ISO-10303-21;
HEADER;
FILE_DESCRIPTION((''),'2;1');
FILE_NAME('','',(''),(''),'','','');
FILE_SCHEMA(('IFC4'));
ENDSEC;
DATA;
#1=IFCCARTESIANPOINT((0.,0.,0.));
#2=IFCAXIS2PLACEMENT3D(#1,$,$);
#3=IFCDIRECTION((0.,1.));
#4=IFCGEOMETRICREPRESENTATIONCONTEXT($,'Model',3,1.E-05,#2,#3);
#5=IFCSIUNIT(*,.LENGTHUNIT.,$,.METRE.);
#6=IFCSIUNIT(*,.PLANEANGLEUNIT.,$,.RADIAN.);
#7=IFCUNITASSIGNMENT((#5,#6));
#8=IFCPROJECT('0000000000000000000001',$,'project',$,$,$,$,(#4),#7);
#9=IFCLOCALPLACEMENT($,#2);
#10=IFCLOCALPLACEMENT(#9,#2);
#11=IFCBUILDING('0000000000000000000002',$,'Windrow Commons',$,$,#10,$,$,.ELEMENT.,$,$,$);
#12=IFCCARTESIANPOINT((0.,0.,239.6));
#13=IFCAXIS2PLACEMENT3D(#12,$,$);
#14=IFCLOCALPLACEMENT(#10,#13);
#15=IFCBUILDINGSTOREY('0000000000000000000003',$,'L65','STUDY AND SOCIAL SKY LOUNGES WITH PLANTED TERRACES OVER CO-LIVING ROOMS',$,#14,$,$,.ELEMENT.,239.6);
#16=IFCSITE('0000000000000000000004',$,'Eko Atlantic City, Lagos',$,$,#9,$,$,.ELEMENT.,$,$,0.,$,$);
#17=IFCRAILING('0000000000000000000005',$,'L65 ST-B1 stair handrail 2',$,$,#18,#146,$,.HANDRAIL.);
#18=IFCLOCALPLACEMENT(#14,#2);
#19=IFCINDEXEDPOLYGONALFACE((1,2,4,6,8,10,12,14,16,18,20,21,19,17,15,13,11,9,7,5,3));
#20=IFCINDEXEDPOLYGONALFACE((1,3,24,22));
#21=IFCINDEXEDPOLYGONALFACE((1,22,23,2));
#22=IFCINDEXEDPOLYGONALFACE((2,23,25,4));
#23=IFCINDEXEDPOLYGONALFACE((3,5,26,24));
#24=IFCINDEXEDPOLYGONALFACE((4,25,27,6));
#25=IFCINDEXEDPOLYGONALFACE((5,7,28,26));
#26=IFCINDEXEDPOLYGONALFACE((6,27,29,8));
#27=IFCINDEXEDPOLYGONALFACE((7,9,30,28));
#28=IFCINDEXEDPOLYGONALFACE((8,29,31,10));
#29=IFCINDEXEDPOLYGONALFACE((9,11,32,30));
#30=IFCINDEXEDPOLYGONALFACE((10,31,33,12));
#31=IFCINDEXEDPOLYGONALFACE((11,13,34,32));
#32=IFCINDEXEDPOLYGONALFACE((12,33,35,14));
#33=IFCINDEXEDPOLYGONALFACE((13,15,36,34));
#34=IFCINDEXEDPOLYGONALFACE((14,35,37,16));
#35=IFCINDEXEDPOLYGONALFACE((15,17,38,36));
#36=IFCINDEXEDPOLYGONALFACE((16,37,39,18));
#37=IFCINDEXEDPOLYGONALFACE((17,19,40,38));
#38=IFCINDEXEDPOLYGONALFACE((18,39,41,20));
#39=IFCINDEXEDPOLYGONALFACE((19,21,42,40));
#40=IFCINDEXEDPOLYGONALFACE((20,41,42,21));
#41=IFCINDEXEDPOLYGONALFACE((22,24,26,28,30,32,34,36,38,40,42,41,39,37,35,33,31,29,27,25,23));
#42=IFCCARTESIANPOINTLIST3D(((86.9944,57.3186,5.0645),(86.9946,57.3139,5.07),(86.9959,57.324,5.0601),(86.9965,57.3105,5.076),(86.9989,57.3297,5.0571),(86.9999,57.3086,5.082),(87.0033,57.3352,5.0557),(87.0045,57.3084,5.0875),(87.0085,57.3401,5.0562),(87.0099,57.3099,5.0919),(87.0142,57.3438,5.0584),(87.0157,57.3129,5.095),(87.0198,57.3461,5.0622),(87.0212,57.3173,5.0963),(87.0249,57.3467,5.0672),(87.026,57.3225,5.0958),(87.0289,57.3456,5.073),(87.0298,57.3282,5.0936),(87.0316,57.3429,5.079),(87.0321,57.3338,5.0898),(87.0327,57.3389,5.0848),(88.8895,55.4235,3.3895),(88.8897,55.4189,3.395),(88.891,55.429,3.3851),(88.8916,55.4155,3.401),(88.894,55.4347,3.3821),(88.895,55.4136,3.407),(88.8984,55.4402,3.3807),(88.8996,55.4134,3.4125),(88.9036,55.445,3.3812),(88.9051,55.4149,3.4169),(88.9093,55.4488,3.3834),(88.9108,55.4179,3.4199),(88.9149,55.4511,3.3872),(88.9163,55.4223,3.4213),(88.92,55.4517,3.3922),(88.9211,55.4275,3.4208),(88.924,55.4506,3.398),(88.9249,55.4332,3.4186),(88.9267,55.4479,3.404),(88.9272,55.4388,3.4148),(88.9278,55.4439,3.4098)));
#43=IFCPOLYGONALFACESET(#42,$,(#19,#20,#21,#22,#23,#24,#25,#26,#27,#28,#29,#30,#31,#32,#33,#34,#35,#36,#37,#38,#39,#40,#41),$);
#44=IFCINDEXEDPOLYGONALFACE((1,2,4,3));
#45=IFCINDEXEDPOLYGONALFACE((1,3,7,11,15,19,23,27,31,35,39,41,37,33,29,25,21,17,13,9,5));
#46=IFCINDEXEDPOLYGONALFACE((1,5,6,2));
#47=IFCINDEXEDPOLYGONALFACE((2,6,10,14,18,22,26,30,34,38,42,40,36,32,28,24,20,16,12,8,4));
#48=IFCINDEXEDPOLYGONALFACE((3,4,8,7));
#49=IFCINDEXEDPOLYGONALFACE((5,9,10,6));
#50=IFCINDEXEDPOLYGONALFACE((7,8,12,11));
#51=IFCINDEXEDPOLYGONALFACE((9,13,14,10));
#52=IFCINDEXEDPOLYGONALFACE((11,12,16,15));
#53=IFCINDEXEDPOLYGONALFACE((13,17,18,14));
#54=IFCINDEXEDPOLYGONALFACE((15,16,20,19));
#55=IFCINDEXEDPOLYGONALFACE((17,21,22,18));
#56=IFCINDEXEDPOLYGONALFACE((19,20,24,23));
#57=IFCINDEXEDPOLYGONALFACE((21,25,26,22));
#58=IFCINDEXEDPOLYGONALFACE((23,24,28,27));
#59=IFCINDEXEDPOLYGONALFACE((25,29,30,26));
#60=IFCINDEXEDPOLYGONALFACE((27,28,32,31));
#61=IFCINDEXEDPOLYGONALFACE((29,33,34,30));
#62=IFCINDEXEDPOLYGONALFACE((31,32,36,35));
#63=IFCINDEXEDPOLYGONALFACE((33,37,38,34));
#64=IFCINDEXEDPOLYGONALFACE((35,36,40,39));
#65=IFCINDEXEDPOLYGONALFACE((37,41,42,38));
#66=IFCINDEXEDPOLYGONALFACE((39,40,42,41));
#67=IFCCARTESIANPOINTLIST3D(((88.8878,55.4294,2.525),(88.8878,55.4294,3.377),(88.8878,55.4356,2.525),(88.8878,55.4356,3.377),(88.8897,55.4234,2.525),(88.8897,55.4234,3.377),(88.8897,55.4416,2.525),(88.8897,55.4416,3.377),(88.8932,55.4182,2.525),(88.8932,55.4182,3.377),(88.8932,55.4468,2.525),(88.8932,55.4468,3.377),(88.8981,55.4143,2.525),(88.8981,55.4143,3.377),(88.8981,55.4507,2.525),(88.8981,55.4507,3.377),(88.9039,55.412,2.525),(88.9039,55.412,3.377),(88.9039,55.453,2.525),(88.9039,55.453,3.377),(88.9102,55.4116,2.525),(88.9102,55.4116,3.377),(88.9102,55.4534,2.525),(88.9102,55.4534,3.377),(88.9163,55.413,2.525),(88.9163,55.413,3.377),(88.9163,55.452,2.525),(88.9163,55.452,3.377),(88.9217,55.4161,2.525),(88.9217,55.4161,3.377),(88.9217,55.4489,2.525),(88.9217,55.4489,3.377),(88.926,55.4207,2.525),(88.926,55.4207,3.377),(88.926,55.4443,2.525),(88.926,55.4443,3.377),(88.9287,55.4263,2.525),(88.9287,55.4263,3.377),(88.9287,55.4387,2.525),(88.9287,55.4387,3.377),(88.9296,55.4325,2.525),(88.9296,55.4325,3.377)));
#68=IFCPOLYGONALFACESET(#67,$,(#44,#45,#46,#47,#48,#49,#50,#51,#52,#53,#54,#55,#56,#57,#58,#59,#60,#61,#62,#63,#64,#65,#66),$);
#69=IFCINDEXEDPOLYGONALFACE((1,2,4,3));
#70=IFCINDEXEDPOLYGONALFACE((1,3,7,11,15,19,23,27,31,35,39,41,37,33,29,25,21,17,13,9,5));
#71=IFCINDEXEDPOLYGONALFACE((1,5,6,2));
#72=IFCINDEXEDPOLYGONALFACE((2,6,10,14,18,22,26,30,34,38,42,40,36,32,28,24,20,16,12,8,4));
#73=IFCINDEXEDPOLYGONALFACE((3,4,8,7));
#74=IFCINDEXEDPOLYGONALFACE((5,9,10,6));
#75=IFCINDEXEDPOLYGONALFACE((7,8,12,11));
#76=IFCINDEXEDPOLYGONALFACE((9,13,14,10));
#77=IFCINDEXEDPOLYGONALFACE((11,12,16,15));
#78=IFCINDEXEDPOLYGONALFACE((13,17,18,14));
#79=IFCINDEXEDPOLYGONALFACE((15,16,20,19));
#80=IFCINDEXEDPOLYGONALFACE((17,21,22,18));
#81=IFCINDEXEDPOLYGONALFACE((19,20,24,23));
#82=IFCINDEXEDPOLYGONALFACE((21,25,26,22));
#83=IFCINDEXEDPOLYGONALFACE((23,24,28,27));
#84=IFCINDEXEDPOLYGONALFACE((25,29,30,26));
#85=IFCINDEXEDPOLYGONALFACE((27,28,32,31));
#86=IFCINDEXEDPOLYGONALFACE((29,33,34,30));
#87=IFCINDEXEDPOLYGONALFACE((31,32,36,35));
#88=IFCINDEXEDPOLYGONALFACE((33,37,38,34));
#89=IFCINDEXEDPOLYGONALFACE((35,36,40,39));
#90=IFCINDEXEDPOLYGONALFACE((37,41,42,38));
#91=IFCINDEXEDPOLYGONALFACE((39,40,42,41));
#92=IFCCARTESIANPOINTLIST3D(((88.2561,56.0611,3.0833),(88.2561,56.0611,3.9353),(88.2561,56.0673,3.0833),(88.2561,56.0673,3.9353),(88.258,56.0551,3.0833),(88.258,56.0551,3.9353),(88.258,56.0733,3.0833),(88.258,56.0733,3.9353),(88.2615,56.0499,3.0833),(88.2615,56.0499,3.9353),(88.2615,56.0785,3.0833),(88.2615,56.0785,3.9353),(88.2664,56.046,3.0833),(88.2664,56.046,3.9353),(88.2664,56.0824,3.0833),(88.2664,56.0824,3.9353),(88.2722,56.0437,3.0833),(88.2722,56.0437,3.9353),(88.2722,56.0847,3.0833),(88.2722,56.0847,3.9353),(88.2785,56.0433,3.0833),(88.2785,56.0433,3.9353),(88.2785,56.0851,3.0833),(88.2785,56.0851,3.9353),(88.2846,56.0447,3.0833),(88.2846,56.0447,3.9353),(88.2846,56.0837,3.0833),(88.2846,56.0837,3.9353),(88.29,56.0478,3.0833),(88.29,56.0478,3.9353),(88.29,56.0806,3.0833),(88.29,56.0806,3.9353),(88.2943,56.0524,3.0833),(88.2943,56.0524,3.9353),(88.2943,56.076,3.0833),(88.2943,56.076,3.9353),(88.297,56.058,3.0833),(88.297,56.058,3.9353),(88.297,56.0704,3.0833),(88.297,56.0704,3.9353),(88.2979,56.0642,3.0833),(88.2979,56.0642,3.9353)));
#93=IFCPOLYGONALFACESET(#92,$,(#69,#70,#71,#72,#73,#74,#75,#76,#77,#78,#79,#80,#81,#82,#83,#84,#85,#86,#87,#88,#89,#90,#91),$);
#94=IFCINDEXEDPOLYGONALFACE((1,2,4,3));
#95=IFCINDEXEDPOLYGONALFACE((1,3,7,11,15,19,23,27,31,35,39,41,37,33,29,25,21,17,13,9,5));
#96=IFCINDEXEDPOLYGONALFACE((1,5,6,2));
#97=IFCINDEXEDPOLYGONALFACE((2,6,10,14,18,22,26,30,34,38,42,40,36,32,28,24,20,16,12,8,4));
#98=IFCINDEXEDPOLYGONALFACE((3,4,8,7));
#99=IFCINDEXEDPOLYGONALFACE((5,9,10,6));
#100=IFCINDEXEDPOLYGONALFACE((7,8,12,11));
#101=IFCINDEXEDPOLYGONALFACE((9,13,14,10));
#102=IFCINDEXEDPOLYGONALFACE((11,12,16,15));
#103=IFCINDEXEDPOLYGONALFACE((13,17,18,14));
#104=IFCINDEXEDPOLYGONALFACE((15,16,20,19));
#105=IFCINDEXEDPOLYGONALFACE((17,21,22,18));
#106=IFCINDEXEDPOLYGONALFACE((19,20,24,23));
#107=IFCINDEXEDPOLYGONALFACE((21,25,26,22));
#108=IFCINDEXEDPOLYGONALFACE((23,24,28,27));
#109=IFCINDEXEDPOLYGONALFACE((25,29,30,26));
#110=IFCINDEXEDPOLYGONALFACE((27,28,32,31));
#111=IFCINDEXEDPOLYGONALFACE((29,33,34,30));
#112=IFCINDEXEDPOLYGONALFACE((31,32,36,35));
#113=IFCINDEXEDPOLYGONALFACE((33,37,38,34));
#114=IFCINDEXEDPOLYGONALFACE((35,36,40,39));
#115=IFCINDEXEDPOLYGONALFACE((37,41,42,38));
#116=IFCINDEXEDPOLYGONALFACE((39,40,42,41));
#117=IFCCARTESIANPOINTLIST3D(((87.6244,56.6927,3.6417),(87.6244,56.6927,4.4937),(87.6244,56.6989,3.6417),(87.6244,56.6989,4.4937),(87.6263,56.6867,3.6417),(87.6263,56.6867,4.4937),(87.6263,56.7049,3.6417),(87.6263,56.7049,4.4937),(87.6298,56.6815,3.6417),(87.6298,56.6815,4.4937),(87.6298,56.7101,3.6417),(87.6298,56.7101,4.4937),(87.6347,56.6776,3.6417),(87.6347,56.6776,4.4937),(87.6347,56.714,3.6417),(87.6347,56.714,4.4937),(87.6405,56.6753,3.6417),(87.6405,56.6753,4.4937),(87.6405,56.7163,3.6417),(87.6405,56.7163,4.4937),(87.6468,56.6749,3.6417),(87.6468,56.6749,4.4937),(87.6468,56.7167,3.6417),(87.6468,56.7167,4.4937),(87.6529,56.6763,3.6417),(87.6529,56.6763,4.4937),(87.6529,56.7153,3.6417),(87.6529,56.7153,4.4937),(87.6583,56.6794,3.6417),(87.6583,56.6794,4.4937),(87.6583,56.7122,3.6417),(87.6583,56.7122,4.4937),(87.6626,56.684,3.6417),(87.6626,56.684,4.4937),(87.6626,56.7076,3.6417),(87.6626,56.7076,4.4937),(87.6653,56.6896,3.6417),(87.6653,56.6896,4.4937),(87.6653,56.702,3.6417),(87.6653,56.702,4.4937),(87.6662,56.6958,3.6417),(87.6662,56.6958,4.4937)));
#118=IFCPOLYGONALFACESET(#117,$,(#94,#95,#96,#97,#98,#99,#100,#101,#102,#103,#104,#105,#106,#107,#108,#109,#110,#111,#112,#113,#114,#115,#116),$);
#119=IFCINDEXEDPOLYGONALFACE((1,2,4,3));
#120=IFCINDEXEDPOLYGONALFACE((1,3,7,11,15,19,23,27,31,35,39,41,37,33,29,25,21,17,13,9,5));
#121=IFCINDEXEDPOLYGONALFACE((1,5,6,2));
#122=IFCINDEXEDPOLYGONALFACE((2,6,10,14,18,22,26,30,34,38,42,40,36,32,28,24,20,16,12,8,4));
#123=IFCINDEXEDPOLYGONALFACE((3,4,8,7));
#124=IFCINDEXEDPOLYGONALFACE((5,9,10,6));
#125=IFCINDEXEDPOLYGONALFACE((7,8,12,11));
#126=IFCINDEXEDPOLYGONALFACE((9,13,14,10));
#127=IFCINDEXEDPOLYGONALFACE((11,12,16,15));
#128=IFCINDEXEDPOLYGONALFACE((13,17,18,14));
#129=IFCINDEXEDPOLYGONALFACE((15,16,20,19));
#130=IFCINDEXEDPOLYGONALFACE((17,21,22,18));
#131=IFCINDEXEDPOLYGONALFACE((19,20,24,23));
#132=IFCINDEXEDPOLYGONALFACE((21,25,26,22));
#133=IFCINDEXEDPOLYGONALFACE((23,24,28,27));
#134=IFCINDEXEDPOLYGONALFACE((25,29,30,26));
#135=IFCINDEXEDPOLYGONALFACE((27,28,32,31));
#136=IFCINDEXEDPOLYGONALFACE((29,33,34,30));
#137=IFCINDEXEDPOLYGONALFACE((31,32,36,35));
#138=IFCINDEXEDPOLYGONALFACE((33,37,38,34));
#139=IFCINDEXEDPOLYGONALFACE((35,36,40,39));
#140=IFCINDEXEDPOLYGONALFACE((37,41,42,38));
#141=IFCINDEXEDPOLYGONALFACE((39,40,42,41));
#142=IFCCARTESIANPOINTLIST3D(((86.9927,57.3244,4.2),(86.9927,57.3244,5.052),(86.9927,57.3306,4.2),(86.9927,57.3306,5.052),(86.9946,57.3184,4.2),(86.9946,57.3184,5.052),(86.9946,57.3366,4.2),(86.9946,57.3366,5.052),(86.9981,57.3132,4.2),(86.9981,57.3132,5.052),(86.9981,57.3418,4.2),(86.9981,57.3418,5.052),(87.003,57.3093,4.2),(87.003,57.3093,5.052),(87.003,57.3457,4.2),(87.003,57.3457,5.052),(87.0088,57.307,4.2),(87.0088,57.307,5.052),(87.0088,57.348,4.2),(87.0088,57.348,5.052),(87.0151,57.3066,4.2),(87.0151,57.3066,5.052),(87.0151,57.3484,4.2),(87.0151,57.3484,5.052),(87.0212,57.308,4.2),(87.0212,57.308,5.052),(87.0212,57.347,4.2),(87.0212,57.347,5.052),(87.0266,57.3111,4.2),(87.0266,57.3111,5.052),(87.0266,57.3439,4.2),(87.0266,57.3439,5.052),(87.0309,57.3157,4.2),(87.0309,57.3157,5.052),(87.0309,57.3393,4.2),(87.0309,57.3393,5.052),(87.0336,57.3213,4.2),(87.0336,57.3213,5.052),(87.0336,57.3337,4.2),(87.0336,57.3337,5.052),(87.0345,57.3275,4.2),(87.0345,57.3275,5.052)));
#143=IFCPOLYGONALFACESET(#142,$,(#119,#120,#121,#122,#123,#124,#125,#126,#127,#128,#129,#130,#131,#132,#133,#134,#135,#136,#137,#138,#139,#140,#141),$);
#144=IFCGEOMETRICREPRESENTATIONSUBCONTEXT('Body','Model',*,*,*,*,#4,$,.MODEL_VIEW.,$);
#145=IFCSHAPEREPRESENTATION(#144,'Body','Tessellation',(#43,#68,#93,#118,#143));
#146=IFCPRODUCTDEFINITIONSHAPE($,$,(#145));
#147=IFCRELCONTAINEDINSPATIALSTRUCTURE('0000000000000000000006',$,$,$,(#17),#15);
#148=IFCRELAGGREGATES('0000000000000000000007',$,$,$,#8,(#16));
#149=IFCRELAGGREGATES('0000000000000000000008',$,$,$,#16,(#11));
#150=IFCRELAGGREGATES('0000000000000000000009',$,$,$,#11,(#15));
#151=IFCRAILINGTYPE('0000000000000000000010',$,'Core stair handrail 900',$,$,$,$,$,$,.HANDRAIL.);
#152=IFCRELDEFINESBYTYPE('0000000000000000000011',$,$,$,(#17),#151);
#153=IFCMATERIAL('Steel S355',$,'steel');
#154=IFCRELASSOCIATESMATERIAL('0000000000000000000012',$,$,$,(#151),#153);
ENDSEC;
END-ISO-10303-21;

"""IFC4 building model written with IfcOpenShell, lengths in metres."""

from ifc_helpers import new_model, si_unit, direction, frame, origin, origin_2d, place, context, subcontext, project, spatial, circle, extrude, material, type_object, element, save


model = new_model("IFC4")

# Units and contexts
model_context = context("Model", 3, precision=1e-05, world=origin(), true_north=direction((0.0, 1.0)))
body_context = subcontext(model_context, "Body", "Model", "MODEL_VIEW")
ifc_project = project(units=[si_unit("LENGTHUNIT", "METRE"), si_unit("PLANEANGLEUNIT", "RADIAN")], contexts=[model_context])

# Site, building, storey
site_placement = place(None, origin())
site = spatial("IfcSite", under=ifc_project, at=site_placement, Name="Eko Atlantic City, Lagos", CompositionType="ELEMENT", RefElevation=0.0)
building_placement = place(site_placement, origin())
building = spatial("IfcBuilding", under=site, at=building_placement, Name="Windrow Commons", CompositionType="ELEMENT")
storey_placement = place(building_placement, frame((0.0, 0.0, 239.6)))
storey = spatial("IfcBuildingStorey", under=building, at=storey_placement, Name="L65", Description="STUDY AND SOCIAL SKY LOUNGES WITH PLANTED TERRACES OVER CO-LIVING ROOMS", CompositionType="ELEMENT", Elevation=239.6)

# Railing
ifc_material_1 = material(Name="Steel S355", Category="steel")
railing_type_1 = type_object("IfcRailingType", Name="Core stair handrail 900", PredefinedType="HANDRAIL", material=ifc_material_1)
railing_1_placement = place(storey_placement, frame((88.9086, 55.4325, 2.525)))
element("IfcRailing", 1, at=railing_1_placement, inside=storey, type_object=railing_type_1, Name="L65 ST-B1 stair handrail 2", PredefinedType="HANDRAIL", context=body_context, shape_type="SweptSolid", body=[
    extrude(circle(Radius=0.024, at=origin_2d()), frame((0.0, 0.0, 0.876), z_axis=(-0.599642, 0.59961, 0.529998), x_axis=(-0.707088, -0.707125, 0.0)), (0.0, 0.0, 1.0), 3.1604),
    extrude(circle(Radius=0.021, at=origin_2d()), origin(), (0.0, 0.0, 1.0), 0.852),
    extrude(circle(Radius=0.021, at=origin_2d()), frame((-0.6317, 0.6317, 0.5583)), (0.0, 0.0, 1.0), 0.852),
    extrude(circle(Radius=0.021, at=origin_2d()), frame((-1.2634, 1.2633, 1.1167)), (0.0, 0.0, 1.0), 0.852),
    extrude(circle(Radius=0.021, at=origin_2d()), frame((-1.8951, 1.895, 1.675)), (0.0, 0.0, 1.0), 0.852),
])

save(model, "model.ifc")
